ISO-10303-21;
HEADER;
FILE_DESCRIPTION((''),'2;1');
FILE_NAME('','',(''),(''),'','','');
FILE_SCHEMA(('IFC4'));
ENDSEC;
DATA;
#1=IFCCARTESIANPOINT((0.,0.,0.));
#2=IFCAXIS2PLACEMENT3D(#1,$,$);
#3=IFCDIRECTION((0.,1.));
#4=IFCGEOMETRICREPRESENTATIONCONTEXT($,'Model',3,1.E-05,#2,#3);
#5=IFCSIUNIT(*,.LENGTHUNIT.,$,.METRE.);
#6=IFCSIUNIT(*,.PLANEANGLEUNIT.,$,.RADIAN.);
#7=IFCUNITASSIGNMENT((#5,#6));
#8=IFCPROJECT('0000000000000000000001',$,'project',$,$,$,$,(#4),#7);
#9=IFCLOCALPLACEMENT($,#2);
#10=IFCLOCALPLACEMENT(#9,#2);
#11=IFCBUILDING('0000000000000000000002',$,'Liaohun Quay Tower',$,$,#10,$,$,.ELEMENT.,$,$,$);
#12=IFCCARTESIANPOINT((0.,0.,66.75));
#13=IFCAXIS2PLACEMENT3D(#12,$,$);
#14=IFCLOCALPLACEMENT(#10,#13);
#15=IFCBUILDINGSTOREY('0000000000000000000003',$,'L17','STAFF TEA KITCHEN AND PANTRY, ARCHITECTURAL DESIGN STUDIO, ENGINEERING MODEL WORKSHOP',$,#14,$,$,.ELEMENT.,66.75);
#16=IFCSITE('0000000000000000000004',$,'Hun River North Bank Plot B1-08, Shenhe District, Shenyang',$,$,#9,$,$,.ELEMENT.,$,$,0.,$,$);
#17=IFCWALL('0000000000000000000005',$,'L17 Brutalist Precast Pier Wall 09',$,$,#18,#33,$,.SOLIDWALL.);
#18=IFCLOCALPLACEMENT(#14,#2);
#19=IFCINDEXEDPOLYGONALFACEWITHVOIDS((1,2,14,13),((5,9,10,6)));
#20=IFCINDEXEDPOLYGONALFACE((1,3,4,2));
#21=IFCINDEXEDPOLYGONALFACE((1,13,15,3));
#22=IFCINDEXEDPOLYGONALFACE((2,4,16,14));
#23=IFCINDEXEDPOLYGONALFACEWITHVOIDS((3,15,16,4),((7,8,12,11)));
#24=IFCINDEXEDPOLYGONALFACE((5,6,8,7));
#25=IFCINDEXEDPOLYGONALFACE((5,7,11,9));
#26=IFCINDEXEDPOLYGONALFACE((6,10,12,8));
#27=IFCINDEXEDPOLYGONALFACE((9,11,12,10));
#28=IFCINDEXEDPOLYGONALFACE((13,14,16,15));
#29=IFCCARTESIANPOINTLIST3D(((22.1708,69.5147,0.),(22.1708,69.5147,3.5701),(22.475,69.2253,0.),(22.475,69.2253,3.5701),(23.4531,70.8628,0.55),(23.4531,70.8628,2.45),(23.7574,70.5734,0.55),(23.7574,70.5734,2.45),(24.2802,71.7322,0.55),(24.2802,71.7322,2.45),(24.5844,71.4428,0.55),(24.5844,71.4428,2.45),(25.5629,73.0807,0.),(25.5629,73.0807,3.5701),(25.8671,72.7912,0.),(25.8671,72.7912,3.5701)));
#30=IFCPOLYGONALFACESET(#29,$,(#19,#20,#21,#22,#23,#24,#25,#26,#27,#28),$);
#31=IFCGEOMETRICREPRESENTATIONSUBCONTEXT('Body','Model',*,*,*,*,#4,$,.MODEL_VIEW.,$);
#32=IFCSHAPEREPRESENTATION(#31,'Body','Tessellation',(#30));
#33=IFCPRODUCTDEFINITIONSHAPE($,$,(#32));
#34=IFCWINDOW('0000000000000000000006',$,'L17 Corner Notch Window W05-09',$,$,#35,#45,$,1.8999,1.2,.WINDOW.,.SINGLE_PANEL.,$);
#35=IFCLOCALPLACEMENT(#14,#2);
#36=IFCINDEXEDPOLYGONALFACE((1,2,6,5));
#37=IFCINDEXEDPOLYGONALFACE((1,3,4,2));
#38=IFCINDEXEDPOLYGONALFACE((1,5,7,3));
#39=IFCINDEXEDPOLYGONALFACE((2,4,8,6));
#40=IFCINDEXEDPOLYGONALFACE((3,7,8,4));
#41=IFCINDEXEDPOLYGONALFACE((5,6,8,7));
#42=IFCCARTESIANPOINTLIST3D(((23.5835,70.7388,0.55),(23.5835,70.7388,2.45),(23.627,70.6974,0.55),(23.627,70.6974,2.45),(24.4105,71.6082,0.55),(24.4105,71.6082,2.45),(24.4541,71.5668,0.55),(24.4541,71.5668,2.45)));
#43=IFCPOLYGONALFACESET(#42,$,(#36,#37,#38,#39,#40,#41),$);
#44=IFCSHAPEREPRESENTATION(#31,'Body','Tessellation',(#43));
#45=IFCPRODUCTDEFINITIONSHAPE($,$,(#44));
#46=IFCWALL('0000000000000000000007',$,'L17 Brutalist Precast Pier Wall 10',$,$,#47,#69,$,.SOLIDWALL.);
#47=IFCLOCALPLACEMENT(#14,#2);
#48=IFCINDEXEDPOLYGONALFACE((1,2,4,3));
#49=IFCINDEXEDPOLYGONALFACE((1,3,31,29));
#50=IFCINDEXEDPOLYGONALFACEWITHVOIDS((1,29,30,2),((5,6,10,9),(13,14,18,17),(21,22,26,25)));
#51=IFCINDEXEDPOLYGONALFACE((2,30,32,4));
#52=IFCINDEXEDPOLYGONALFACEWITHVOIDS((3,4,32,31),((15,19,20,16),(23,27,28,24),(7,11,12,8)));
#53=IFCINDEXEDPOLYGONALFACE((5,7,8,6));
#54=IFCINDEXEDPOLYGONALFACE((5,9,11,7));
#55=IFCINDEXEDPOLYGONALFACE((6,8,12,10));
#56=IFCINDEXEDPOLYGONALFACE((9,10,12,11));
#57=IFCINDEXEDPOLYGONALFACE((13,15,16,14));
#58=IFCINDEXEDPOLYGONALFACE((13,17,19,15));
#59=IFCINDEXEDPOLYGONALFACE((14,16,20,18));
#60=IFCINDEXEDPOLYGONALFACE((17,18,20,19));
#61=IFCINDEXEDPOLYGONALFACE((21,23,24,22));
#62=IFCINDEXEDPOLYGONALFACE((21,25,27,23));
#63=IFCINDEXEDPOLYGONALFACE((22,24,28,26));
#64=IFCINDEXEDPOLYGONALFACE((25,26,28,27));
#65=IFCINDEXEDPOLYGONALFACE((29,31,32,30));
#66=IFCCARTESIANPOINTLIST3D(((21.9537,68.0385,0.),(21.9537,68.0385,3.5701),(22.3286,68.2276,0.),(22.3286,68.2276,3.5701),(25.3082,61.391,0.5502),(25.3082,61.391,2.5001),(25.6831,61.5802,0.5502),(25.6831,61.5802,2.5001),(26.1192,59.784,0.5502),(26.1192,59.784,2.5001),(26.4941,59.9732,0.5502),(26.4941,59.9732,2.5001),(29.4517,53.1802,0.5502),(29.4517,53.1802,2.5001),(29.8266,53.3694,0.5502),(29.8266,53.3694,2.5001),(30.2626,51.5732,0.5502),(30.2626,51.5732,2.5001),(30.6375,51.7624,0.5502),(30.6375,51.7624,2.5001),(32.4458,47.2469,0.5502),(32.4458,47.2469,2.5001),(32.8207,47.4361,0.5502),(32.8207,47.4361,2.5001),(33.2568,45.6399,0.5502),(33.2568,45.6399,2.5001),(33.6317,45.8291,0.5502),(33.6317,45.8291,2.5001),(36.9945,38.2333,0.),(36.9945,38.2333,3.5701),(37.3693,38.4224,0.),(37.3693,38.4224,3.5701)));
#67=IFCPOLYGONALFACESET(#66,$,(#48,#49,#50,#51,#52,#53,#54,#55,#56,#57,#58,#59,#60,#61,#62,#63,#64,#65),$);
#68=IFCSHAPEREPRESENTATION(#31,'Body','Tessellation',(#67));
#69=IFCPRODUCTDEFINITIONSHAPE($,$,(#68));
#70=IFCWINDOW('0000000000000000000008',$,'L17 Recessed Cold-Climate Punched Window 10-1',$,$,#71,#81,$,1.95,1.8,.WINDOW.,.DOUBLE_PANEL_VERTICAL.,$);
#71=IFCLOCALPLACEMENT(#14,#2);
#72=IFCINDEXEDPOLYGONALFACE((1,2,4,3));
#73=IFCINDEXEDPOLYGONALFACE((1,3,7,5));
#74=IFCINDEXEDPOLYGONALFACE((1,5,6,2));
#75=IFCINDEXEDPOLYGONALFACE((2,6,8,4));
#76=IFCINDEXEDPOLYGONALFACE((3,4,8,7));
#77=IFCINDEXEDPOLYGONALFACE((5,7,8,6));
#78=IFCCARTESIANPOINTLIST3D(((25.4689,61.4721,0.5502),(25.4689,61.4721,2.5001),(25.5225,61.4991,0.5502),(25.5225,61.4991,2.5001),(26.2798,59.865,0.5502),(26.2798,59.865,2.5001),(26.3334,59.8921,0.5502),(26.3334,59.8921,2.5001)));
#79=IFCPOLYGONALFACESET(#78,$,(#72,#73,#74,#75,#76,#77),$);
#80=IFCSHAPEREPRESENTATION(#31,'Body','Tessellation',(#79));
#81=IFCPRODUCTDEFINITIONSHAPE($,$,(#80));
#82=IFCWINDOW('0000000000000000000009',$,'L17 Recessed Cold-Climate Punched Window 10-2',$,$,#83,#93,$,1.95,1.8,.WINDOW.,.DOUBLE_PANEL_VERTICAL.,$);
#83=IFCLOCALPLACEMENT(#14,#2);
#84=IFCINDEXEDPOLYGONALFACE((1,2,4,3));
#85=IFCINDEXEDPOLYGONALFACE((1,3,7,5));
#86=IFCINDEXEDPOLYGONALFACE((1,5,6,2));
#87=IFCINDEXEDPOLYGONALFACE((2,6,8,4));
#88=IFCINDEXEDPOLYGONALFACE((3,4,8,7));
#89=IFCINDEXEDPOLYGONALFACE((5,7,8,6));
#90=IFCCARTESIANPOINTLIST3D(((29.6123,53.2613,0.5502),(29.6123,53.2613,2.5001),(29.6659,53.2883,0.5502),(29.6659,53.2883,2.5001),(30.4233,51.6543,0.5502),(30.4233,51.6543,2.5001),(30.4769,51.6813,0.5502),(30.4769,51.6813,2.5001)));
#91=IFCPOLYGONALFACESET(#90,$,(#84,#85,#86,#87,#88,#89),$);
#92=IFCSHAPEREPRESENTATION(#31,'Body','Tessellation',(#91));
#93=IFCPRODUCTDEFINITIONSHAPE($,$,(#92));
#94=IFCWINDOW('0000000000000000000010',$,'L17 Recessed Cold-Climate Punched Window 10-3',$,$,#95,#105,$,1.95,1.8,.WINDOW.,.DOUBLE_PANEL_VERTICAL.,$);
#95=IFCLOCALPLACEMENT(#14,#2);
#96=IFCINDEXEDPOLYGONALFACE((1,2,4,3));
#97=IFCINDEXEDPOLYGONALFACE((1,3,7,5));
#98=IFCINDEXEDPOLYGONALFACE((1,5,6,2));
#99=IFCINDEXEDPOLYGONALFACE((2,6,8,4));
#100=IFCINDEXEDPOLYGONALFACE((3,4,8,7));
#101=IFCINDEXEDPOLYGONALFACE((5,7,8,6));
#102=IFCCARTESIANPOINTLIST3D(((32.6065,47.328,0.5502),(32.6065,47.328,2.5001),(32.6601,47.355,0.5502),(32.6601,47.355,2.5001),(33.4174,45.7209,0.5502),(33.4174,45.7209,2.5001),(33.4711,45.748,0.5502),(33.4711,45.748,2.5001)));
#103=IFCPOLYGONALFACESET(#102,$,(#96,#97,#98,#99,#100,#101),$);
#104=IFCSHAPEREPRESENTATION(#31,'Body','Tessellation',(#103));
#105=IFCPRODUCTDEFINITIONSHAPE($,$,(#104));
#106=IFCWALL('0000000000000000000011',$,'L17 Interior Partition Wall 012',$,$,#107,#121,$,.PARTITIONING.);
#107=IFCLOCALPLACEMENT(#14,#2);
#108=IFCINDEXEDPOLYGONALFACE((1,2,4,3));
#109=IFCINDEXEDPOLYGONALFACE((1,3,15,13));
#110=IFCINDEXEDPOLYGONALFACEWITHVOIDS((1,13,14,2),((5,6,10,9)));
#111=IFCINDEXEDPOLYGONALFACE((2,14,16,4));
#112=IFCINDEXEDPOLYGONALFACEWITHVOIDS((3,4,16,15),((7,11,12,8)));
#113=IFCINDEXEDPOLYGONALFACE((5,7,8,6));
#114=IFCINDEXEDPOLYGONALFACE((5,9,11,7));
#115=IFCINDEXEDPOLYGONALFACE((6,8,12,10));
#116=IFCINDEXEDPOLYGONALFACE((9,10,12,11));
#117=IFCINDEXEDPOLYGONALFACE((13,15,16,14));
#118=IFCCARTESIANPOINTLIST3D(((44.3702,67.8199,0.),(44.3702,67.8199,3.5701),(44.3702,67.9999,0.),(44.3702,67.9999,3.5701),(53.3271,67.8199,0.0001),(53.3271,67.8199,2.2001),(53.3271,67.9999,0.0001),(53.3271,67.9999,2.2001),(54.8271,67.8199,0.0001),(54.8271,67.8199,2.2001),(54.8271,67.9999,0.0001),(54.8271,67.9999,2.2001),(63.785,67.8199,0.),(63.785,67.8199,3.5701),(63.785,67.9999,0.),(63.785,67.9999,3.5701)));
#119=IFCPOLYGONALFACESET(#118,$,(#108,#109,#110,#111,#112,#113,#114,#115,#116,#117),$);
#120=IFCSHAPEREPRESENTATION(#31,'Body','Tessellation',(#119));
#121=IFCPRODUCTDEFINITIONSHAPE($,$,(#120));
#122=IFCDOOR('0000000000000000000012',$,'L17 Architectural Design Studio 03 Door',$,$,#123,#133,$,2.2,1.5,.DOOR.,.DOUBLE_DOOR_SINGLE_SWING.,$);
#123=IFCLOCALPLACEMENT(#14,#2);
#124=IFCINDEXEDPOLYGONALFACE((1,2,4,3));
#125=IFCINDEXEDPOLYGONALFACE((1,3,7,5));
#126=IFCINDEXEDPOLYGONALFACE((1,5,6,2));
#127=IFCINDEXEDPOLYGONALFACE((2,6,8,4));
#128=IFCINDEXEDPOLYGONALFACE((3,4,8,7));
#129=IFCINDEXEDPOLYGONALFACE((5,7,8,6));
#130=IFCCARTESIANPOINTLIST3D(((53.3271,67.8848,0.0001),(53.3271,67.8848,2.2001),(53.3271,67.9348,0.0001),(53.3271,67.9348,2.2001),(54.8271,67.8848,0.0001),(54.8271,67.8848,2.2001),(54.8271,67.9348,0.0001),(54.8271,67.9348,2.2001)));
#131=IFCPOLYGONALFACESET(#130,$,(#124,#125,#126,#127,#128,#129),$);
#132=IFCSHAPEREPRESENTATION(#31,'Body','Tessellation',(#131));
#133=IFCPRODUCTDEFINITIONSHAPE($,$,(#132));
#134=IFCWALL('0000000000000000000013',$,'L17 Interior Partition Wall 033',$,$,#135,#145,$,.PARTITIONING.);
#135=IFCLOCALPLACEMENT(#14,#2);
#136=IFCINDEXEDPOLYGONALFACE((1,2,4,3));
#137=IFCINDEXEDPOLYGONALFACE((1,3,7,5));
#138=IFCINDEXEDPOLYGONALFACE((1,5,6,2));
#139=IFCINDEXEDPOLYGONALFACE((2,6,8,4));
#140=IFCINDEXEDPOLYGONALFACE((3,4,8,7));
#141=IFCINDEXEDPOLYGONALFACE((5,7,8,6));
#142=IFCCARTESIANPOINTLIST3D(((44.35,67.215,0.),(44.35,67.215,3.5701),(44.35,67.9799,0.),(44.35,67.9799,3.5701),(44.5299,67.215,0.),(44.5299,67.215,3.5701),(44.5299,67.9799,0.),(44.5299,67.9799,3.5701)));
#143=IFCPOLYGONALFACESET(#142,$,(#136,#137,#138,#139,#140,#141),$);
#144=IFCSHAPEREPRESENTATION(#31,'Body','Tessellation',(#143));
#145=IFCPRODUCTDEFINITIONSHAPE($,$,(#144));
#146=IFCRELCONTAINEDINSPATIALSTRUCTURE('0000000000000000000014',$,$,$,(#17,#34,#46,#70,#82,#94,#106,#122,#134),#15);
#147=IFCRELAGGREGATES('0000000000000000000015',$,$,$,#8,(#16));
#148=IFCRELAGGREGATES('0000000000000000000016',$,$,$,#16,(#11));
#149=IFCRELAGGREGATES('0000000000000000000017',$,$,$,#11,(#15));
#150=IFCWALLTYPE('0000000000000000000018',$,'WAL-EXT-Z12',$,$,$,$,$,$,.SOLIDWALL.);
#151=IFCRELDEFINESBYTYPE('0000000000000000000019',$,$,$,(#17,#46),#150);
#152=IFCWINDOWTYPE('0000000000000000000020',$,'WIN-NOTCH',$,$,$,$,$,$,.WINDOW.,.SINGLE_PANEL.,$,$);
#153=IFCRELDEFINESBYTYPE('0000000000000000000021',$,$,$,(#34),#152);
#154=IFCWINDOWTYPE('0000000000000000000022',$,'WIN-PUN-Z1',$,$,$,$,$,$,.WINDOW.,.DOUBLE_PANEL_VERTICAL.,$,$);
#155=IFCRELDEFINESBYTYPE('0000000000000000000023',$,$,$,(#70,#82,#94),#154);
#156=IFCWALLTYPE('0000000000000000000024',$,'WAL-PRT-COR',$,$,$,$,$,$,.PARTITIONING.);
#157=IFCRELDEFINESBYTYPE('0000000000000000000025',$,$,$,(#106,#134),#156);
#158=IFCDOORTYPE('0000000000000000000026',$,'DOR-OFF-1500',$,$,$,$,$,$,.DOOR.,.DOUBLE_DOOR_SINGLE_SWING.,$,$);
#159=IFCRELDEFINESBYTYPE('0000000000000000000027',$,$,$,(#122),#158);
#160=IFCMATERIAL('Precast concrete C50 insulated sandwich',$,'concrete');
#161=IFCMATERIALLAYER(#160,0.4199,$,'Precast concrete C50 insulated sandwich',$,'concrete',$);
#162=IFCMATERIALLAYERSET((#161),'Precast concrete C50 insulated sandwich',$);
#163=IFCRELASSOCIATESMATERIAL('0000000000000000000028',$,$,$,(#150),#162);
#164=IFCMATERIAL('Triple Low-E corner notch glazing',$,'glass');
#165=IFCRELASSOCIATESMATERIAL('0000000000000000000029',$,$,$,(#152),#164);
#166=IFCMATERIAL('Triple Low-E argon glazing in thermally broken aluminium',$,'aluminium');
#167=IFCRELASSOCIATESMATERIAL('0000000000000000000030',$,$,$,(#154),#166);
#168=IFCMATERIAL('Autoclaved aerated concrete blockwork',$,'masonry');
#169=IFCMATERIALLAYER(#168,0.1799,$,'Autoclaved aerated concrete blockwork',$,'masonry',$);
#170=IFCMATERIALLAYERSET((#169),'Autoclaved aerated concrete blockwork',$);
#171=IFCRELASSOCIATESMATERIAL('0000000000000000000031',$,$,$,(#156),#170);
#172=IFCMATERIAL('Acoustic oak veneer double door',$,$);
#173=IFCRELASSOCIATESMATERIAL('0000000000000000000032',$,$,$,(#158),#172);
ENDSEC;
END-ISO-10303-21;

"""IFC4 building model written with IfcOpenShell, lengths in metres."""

from ifc_helpers import new_model, si_unit, direction, frame, frame_2d, origin, place, context, subcontext, project, spatial, rectangle, extrude, source, transform, mapped, material, layer, layer_set, type_object, element, fill, save


model = new_model("IFC4")

# Units and contexts
model_context = context("Model", 3, precision=1e-05, world=origin(), true_north=direction((0.0, 1.0)))
body_context = subcontext(model_context, "Body", "Model", "MODEL_VIEW")
ifc_project = project(units=[si_unit("LENGTHUNIT", "METRE"), si_unit("PLANEANGLEUNIT", "RADIAN")], contexts=[model_context])

# Site, building, storey
site_placement = place(None, origin())
site = spatial("IfcSite", under=ifc_project, at=site_placement, Name="Hun River North Bank Plot B1-08, Shenhe District, Shenyang", CompositionType="ELEMENT", RefElevation=0.0)
building_placement = place(site_placement, origin())
building = spatial("IfcBuilding", under=site, at=building_placement, Name="Liaohun Quay Tower", CompositionType="ELEMENT")
storey_placement = place(building_placement, frame((0.0, 0.0, 66.75)))
storey = spatial("IfcBuildingStorey", under=building, at=storey_placement, Name="L17", Description="STAFF TEA KITCHEN AND PANTRY, ARCHITECTURAL DESIGN STUDIO, ENGINEERING MODEL WORKSHOP", CompositionType="ELEMENT", Elevation=66.75)

# Wall, opening, window
ifc_material_1 = material(Name="Precast concrete C50 insulated sandwich", Category="concrete")
ifc_layer_1 = layer(ifc_material_1, 0.4199, Name="Precast concrete C50 insulated sandwich", Category="concrete")
ifc_layer_set_1 = layer_set([ifc_layer_1], Name="Precast concrete C50 insulated sandwich")
wall_type_1 = type_object("IfcWallType", Name="WAL-EXT-Z12", PredefinedType="SOLIDWALL", material=ifc_layer_set_1)
shared_shape_1 = source(origin(), body_context, "Body", "SweptSolid", [
    extrude(rectangle(XDim=1.2, YDim=1.8999, at=frame_2d((0.6001, 0.95))), frame((0.0, 0.22, 0.0), z_axis=(0.0, -1.0, 0.0), x_axis=(1.0, 0.0, 0.0)), (0.0, 0.0, 1.0), 0.4399),
])
ifc_material_2 = material(Name="Triple Low-E corner notch glazing", Category="glass")
window_type_1 = type_object("IfcWindowType", Name="WIN-NOTCH", PartitioningType="SINGLE_PANEL", PredefinedType="WINDOW", material=ifc_material_2)
shared_shape_2 = source(origin(), body_context, "Body", "SweptSolid", [
    extrude(rectangle(XDim=1.2, YDim=1.8999, at=frame_2d((0.6001, 0.95))), frame((0.0, 0.03, 0.0), z_axis=(0.0, -1.0, 0.0), x_axis=(1.0, 0.0, 0.0)), (0.0, 0.0, 1.0), 0.0601),
])
wall_1_placement = place(storey_placement, frame((25.7151, 72.936, 0.0), z_axis=(0.0, 0.0, 1.0), x_axis=(-0.689226, -0.724546, 0.0)))
wall_1 = element("IfcWall", 1, at=wall_1_placement, inside=storey, type_object=wall_type_1, Name="L17 Brutalist Precast Pier Wall 09", PredefinedType="SOLIDWALL", context=body_context, shape_type="SweptSolid", body=[
    extrude(rectangle(XDim=4.9216, YDim=0.4199, at=frame_2d((2.4609, 0.0))), origin(), (0.0, 0.0, 1.0), 3.5701),
])
opening_1_placement = place(wall_1_placement, frame((1.8611, 0.0, 0.55)))
opening_1 = element("IfcOpeningElement", 2, at=opening_1_placement, cuts=wall_1, PredefinedType="OPENING", context=body_context, shape_type="MappedRepresentation", body=[
    mapped(shared_shape_1, transform((0.0, 0.0, 0.0), x_axis=(1.0, 0.0, 0.0), y_axis=(0.0, 1.0, 0.0), z_axis=(0.0, 0.0, 1.0), scale=1.0)),
])
window_1_placement = place(opening_1_placement, origin())
window_1 = element("IfcWindow", 3, at=window_1_placement, inside=storey, type_object=window_type_1, Name="L17 Corner Notch Window W05-09", OverallHeight=1.8999, OverallWidth=1.2, PartitioningType="SINGLE_PANEL", PredefinedType="WINDOW", context=body_context, shape_type="MappedRepresentation", body=[
    mapped(shared_shape_2, transform((0.0, 0.0, 0.0), x_axis=(1.0, 0.0, 0.0), y_axis=(0.0, 1.0, 0.0), z_axis=(0.0, 0.0, 1.0), scale=1.0)),
])
fill(opening_1, window_1)

# Wall, openings, windows
wall_2_placement = place(storey_placement, frame((22.1411, 68.1331, 0.0), z_axis=(0.0, 0.0, 1.0), x_axis=(0.450522, -0.892765, 0.0)))
wall_2 = element("IfcWall", 4, at=wall_2_placement, inside=storey, type_object=wall_type_1, Name="L17 Brutalist Precast Pier Wall 10", PredefinedType="SOLIDWALL", context=body_context, shape_type="SweptSolid", body=[
    extrude(rectangle(XDim=33.3853, YDim=0.4199, at=frame_2d((16.6926, 0.0))), origin(), (0.0, 0.0, 1.0), 3.5701),
])
shared_shape_3 = source(origin(), body_context, "Body", "SweptSolid", [
    extrude(rectangle(XDim=1.8, YDim=1.95, at=frame_2d((0.8999, 0.9751))), frame((0.0, 0.22, 0.0), z_axis=(0.0, -1.0, 0.0), x_axis=(1.0, 0.0, 0.0)), (0.0, 0.0, 1.0), 0.4399),
])
opening_2_placement = place(wall_2_placement, frame((7.446, 0.0, 0.55)))
opening_2 = element("IfcOpeningElement", 5, at=opening_2_placement, cuts=wall_2, PredefinedType="OPENING", context=body_context, shape_type="MappedRepresentation", body=[
    mapped(shared_shape_3, transform((0.0, 0.0, 0.0), x_axis=(1.0, 0.0, 0.0), y_axis=(0.0, 1.0, 0.0), z_axis=(0.0, 0.0, 1.0), scale=1.0)),
])
opening_3_placement = place(wall_2_placement, frame((16.6431, 0.0, 0.55)))
opening_3 = element("IfcOpeningElement", 6, at=opening_3_placement, cuts=wall_2, PredefinedType="OPENING", context=body_context, shape_type="MappedRepresentation", body=[
    mapped(shared_shape_3, transform((0.0, 0.0, 0.0), x_axis=(1.0, 0.0, 0.0), y_axis=(0.0, 1.0, 0.0), z_axis=(0.0, 0.0, 1.0), scale=1.0)),
])
opening_4_placement = place(wall_2_placement, frame((23.2891, 0.0, 0.55)))
opening_4 = element("IfcOpeningElement", 7, at=opening_4_placement, cuts=wall_2, PredefinedType="OPENING", context=body_context, shape_type="MappedRepresentation", body=[
    mapped(shared_shape_3, transform((0.0, 0.0, 0.0), x_axis=(1.0, 0.0, 0.0), y_axis=(0.0, 1.0, 0.0), z_axis=(0.0, 0.0, 1.0), scale=1.0)),
])
ifc_material_3 = material(Name="Triple Low-E argon glazing in thermally broken aluminium", Category="aluminium")
window_type_2 = type_object("IfcWindowType", Name="WIN-PUN-Z1", PartitioningType="DOUBLE_PANEL_VERTICAL", PredefinedType="WINDOW", material=ifc_material_3)
shared_shape_4 = source(origin(), body_context, "Body", "SweptSolid", [
    extrude(rectangle(XDim=1.8, YDim=1.95, at=frame_2d((0.8999, 0.9751))), frame((0.0, 0.03, 0.0), z_axis=(0.0, -1.0, 0.0), x_axis=(1.0, 0.0, 0.0)), (0.0, 0.0, 1.0), 0.0601),
])
window_2_placement = place(opening_2_placement, origin())
window_2 = element("IfcWindow", 8, at=window_2_placement, inside=storey, type_object=window_type_2, Name="L17 Recessed Cold-Climate Punched Window 10-1", OverallHeight=1.95, OverallWidth=1.8, PartitioningType="DOUBLE_PANEL_VERTICAL", PredefinedType="WINDOW", context=body_context, shape_type="MappedRepresentation", body=[
    mapped(shared_shape_4, transform((0.0, 0.0, 0.0), x_axis=(1.0, 0.0, 0.0), y_axis=(0.0, 1.0, 0.0), z_axis=(0.0, 0.0, 1.0), scale=1.0)),
])
fill(opening_2, window_2)
window_3_placement = place(opening_3_placement, origin())
window_3 = element("IfcWindow", 9, at=window_3_placement, inside=storey, type_object=window_type_2, Name="L17 Recessed Cold-Climate Punched Window 10-2", OverallHeight=1.95, OverallWidth=1.8, PartitioningType="DOUBLE_PANEL_VERTICAL", PredefinedType="WINDOW", context=body_context, shape_type="MappedRepresentation", body=[
    mapped(shared_shape_4, transform((0.0, 0.0, 0.0), x_axis=(1.0, 0.0, 0.0), y_axis=(0.0, 1.0, 0.0), z_axis=(0.0, 0.0, 1.0), scale=1.0)),
])
fill(opening_3, window_3)
window_4_placement = place(opening_4_placement, origin())
window_4 = element("IfcWindow", 10, at=window_4_placement, inside=storey, type_object=window_type_2, Name="L17 Recessed Cold-Climate Punched Window 10-3", OverallHeight=1.95, OverallWidth=1.8, PartitioningType="DOUBLE_PANEL_VERTICAL", PredefinedType="WINDOW", context=body_context, shape_type="MappedRepresentation", body=[
    mapped(shared_shape_4, transform((0.0, 0.0, 0.0), x_axis=(1.0, 0.0, 0.0), y_axis=(0.0, 1.0, 0.0), z_axis=(0.0, 0.0, 1.0), scale=1.0)),
])
fill(opening_4, window_4)

# Wall, opening, door
ifc_material_4 = material(Name="Autoclaved aerated concrete blockwork", Category="masonry")
ifc_layer_2 = layer(ifc_material_4, 0.1799, Name="Autoclaved aerated concrete blockwork", Category="masonry")
ifc_layer_set_2 = layer_set([ifc_layer_2], Name="Autoclaved aerated concrete blockwork")
wall_type_2 = type_object("IfcWallType", Name="WAL-PRT-COR", PredefinedType="PARTITIONING", material=ifc_layer_set_2)
wall_3_placement = place(storey_placement, frame((44.3701, 67.9099, 0.0), z_axis=(0.0, 0.0, 1.0), x_axis=(1.0, 0.0, 0.0)))
wall_3 = element("IfcWall", 11, at=wall_3_placement, inside=storey, type_object=wall_type_2, Name="L17 Interior Partition Wall 012", PredefinedType="PARTITIONING", context=body_context, shape_type="SweptSolid", body=[
    extrude(rectangle(XDim=19.4148, YDim=0.1799, at=frame_2d((9.7075, 0.0))), origin(), (0.0, 0.0, 1.0), 3.5701),
])
shared_shape_5 = source(origin(), body_context, "Body", "SweptSolid", [
    extrude(rectangle(XDim=1.5, YDim=2.2, at=frame_2d((0.75, 1.1001))), frame((0.0, 0.0999, 0.0), z_axis=(0.0, -1.0, 0.0), x_axis=(1.0, 0.0, 0.0)), (0.0, 0.0, 1.0), 0.2),
])
opening_5_placement = place(wall_3_placement, frame((8.957, 0.0, 0.0)))
opening_5 = element("IfcOpeningElement", 12, at=opening_5_placement, cuts=wall_3, PredefinedType="OPENING", context=body_context, shape_type="MappedRepresentation", body=[
    mapped(shared_shape_5, transform((0.0, 0.0, 0.0), x_axis=(1.0, 0.0, 0.0), y_axis=(0.0, 1.0, 0.0), z_axis=(0.0, 0.0, 1.0), scale=1.0)),
])
ifc_material_5 = material(Name="Acoustic oak veneer double door")
door_type = type_object("IfcDoorType", Name="DOR-OFF-1500", OperationType="DOUBLE_DOOR_SINGLE_SWING", PredefinedType="DOOR", material=ifc_material_5)
shared_shape_6 = source(origin(), body_context, "Body", "SweptSolid", [
    extrude(rectangle(XDim=1.5, YDim=2.2, at=frame_2d((0.75, 1.1001))), frame((0.0, 0.0249, 0.0), z_axis=(0.0, -1.0, 0.0), x_axis=(1.0, 0.0, 0.0)), (0.0, 0.0, 1.0), 0.05),
])
door_placement = place(opening_5_placement, origin())
door = element("IfcDoor", 13, at=door_placement, inside=storey, type_object=door_type, Name="L17 Architectural Design Studio 03 Door", OperationType="DOUBLE_DOOR_SINGLE_SWING", OverallHeight=2.2, OverallWidth=1.5, PredefinedType="DOOR", context=body_context, shape_type="MappedRepresentation", body=[
    mapped(shared_shape_6, transform((0.0, 0.0, 0.0), x_axis=(1.0, 0.0, 0.0), y_axis=(0.0, 1.0, 0.0), z_axis=(0.0, 0.0, 1.0), scale=1.0)),
])
fill(opening_5, door)

# Wall
wall_4_placement = place(storey_placement, frame((44.4399, 67.2151, 0.0), z_axis=(0.0, 0.0, 1.0), x_axis=(0.0, 1.0, 0.0)))
element("IfcWall", 14, at=wall_4_placement, inside=storey, type_object=wall_type_2, Name="L17 Interior Partition Wall 033", PredefinedType="PARTITIONING", context=body_context, shape_type="SweptSolid", body=[
    extrude(rectangle(XDim=0.7649, YDim=0.1799, at=frame_2d((0.3823, 0.0))), origin(), (0.0, 0.0, 1.0), 3.5701),
])

save(model, "model.ifc")
